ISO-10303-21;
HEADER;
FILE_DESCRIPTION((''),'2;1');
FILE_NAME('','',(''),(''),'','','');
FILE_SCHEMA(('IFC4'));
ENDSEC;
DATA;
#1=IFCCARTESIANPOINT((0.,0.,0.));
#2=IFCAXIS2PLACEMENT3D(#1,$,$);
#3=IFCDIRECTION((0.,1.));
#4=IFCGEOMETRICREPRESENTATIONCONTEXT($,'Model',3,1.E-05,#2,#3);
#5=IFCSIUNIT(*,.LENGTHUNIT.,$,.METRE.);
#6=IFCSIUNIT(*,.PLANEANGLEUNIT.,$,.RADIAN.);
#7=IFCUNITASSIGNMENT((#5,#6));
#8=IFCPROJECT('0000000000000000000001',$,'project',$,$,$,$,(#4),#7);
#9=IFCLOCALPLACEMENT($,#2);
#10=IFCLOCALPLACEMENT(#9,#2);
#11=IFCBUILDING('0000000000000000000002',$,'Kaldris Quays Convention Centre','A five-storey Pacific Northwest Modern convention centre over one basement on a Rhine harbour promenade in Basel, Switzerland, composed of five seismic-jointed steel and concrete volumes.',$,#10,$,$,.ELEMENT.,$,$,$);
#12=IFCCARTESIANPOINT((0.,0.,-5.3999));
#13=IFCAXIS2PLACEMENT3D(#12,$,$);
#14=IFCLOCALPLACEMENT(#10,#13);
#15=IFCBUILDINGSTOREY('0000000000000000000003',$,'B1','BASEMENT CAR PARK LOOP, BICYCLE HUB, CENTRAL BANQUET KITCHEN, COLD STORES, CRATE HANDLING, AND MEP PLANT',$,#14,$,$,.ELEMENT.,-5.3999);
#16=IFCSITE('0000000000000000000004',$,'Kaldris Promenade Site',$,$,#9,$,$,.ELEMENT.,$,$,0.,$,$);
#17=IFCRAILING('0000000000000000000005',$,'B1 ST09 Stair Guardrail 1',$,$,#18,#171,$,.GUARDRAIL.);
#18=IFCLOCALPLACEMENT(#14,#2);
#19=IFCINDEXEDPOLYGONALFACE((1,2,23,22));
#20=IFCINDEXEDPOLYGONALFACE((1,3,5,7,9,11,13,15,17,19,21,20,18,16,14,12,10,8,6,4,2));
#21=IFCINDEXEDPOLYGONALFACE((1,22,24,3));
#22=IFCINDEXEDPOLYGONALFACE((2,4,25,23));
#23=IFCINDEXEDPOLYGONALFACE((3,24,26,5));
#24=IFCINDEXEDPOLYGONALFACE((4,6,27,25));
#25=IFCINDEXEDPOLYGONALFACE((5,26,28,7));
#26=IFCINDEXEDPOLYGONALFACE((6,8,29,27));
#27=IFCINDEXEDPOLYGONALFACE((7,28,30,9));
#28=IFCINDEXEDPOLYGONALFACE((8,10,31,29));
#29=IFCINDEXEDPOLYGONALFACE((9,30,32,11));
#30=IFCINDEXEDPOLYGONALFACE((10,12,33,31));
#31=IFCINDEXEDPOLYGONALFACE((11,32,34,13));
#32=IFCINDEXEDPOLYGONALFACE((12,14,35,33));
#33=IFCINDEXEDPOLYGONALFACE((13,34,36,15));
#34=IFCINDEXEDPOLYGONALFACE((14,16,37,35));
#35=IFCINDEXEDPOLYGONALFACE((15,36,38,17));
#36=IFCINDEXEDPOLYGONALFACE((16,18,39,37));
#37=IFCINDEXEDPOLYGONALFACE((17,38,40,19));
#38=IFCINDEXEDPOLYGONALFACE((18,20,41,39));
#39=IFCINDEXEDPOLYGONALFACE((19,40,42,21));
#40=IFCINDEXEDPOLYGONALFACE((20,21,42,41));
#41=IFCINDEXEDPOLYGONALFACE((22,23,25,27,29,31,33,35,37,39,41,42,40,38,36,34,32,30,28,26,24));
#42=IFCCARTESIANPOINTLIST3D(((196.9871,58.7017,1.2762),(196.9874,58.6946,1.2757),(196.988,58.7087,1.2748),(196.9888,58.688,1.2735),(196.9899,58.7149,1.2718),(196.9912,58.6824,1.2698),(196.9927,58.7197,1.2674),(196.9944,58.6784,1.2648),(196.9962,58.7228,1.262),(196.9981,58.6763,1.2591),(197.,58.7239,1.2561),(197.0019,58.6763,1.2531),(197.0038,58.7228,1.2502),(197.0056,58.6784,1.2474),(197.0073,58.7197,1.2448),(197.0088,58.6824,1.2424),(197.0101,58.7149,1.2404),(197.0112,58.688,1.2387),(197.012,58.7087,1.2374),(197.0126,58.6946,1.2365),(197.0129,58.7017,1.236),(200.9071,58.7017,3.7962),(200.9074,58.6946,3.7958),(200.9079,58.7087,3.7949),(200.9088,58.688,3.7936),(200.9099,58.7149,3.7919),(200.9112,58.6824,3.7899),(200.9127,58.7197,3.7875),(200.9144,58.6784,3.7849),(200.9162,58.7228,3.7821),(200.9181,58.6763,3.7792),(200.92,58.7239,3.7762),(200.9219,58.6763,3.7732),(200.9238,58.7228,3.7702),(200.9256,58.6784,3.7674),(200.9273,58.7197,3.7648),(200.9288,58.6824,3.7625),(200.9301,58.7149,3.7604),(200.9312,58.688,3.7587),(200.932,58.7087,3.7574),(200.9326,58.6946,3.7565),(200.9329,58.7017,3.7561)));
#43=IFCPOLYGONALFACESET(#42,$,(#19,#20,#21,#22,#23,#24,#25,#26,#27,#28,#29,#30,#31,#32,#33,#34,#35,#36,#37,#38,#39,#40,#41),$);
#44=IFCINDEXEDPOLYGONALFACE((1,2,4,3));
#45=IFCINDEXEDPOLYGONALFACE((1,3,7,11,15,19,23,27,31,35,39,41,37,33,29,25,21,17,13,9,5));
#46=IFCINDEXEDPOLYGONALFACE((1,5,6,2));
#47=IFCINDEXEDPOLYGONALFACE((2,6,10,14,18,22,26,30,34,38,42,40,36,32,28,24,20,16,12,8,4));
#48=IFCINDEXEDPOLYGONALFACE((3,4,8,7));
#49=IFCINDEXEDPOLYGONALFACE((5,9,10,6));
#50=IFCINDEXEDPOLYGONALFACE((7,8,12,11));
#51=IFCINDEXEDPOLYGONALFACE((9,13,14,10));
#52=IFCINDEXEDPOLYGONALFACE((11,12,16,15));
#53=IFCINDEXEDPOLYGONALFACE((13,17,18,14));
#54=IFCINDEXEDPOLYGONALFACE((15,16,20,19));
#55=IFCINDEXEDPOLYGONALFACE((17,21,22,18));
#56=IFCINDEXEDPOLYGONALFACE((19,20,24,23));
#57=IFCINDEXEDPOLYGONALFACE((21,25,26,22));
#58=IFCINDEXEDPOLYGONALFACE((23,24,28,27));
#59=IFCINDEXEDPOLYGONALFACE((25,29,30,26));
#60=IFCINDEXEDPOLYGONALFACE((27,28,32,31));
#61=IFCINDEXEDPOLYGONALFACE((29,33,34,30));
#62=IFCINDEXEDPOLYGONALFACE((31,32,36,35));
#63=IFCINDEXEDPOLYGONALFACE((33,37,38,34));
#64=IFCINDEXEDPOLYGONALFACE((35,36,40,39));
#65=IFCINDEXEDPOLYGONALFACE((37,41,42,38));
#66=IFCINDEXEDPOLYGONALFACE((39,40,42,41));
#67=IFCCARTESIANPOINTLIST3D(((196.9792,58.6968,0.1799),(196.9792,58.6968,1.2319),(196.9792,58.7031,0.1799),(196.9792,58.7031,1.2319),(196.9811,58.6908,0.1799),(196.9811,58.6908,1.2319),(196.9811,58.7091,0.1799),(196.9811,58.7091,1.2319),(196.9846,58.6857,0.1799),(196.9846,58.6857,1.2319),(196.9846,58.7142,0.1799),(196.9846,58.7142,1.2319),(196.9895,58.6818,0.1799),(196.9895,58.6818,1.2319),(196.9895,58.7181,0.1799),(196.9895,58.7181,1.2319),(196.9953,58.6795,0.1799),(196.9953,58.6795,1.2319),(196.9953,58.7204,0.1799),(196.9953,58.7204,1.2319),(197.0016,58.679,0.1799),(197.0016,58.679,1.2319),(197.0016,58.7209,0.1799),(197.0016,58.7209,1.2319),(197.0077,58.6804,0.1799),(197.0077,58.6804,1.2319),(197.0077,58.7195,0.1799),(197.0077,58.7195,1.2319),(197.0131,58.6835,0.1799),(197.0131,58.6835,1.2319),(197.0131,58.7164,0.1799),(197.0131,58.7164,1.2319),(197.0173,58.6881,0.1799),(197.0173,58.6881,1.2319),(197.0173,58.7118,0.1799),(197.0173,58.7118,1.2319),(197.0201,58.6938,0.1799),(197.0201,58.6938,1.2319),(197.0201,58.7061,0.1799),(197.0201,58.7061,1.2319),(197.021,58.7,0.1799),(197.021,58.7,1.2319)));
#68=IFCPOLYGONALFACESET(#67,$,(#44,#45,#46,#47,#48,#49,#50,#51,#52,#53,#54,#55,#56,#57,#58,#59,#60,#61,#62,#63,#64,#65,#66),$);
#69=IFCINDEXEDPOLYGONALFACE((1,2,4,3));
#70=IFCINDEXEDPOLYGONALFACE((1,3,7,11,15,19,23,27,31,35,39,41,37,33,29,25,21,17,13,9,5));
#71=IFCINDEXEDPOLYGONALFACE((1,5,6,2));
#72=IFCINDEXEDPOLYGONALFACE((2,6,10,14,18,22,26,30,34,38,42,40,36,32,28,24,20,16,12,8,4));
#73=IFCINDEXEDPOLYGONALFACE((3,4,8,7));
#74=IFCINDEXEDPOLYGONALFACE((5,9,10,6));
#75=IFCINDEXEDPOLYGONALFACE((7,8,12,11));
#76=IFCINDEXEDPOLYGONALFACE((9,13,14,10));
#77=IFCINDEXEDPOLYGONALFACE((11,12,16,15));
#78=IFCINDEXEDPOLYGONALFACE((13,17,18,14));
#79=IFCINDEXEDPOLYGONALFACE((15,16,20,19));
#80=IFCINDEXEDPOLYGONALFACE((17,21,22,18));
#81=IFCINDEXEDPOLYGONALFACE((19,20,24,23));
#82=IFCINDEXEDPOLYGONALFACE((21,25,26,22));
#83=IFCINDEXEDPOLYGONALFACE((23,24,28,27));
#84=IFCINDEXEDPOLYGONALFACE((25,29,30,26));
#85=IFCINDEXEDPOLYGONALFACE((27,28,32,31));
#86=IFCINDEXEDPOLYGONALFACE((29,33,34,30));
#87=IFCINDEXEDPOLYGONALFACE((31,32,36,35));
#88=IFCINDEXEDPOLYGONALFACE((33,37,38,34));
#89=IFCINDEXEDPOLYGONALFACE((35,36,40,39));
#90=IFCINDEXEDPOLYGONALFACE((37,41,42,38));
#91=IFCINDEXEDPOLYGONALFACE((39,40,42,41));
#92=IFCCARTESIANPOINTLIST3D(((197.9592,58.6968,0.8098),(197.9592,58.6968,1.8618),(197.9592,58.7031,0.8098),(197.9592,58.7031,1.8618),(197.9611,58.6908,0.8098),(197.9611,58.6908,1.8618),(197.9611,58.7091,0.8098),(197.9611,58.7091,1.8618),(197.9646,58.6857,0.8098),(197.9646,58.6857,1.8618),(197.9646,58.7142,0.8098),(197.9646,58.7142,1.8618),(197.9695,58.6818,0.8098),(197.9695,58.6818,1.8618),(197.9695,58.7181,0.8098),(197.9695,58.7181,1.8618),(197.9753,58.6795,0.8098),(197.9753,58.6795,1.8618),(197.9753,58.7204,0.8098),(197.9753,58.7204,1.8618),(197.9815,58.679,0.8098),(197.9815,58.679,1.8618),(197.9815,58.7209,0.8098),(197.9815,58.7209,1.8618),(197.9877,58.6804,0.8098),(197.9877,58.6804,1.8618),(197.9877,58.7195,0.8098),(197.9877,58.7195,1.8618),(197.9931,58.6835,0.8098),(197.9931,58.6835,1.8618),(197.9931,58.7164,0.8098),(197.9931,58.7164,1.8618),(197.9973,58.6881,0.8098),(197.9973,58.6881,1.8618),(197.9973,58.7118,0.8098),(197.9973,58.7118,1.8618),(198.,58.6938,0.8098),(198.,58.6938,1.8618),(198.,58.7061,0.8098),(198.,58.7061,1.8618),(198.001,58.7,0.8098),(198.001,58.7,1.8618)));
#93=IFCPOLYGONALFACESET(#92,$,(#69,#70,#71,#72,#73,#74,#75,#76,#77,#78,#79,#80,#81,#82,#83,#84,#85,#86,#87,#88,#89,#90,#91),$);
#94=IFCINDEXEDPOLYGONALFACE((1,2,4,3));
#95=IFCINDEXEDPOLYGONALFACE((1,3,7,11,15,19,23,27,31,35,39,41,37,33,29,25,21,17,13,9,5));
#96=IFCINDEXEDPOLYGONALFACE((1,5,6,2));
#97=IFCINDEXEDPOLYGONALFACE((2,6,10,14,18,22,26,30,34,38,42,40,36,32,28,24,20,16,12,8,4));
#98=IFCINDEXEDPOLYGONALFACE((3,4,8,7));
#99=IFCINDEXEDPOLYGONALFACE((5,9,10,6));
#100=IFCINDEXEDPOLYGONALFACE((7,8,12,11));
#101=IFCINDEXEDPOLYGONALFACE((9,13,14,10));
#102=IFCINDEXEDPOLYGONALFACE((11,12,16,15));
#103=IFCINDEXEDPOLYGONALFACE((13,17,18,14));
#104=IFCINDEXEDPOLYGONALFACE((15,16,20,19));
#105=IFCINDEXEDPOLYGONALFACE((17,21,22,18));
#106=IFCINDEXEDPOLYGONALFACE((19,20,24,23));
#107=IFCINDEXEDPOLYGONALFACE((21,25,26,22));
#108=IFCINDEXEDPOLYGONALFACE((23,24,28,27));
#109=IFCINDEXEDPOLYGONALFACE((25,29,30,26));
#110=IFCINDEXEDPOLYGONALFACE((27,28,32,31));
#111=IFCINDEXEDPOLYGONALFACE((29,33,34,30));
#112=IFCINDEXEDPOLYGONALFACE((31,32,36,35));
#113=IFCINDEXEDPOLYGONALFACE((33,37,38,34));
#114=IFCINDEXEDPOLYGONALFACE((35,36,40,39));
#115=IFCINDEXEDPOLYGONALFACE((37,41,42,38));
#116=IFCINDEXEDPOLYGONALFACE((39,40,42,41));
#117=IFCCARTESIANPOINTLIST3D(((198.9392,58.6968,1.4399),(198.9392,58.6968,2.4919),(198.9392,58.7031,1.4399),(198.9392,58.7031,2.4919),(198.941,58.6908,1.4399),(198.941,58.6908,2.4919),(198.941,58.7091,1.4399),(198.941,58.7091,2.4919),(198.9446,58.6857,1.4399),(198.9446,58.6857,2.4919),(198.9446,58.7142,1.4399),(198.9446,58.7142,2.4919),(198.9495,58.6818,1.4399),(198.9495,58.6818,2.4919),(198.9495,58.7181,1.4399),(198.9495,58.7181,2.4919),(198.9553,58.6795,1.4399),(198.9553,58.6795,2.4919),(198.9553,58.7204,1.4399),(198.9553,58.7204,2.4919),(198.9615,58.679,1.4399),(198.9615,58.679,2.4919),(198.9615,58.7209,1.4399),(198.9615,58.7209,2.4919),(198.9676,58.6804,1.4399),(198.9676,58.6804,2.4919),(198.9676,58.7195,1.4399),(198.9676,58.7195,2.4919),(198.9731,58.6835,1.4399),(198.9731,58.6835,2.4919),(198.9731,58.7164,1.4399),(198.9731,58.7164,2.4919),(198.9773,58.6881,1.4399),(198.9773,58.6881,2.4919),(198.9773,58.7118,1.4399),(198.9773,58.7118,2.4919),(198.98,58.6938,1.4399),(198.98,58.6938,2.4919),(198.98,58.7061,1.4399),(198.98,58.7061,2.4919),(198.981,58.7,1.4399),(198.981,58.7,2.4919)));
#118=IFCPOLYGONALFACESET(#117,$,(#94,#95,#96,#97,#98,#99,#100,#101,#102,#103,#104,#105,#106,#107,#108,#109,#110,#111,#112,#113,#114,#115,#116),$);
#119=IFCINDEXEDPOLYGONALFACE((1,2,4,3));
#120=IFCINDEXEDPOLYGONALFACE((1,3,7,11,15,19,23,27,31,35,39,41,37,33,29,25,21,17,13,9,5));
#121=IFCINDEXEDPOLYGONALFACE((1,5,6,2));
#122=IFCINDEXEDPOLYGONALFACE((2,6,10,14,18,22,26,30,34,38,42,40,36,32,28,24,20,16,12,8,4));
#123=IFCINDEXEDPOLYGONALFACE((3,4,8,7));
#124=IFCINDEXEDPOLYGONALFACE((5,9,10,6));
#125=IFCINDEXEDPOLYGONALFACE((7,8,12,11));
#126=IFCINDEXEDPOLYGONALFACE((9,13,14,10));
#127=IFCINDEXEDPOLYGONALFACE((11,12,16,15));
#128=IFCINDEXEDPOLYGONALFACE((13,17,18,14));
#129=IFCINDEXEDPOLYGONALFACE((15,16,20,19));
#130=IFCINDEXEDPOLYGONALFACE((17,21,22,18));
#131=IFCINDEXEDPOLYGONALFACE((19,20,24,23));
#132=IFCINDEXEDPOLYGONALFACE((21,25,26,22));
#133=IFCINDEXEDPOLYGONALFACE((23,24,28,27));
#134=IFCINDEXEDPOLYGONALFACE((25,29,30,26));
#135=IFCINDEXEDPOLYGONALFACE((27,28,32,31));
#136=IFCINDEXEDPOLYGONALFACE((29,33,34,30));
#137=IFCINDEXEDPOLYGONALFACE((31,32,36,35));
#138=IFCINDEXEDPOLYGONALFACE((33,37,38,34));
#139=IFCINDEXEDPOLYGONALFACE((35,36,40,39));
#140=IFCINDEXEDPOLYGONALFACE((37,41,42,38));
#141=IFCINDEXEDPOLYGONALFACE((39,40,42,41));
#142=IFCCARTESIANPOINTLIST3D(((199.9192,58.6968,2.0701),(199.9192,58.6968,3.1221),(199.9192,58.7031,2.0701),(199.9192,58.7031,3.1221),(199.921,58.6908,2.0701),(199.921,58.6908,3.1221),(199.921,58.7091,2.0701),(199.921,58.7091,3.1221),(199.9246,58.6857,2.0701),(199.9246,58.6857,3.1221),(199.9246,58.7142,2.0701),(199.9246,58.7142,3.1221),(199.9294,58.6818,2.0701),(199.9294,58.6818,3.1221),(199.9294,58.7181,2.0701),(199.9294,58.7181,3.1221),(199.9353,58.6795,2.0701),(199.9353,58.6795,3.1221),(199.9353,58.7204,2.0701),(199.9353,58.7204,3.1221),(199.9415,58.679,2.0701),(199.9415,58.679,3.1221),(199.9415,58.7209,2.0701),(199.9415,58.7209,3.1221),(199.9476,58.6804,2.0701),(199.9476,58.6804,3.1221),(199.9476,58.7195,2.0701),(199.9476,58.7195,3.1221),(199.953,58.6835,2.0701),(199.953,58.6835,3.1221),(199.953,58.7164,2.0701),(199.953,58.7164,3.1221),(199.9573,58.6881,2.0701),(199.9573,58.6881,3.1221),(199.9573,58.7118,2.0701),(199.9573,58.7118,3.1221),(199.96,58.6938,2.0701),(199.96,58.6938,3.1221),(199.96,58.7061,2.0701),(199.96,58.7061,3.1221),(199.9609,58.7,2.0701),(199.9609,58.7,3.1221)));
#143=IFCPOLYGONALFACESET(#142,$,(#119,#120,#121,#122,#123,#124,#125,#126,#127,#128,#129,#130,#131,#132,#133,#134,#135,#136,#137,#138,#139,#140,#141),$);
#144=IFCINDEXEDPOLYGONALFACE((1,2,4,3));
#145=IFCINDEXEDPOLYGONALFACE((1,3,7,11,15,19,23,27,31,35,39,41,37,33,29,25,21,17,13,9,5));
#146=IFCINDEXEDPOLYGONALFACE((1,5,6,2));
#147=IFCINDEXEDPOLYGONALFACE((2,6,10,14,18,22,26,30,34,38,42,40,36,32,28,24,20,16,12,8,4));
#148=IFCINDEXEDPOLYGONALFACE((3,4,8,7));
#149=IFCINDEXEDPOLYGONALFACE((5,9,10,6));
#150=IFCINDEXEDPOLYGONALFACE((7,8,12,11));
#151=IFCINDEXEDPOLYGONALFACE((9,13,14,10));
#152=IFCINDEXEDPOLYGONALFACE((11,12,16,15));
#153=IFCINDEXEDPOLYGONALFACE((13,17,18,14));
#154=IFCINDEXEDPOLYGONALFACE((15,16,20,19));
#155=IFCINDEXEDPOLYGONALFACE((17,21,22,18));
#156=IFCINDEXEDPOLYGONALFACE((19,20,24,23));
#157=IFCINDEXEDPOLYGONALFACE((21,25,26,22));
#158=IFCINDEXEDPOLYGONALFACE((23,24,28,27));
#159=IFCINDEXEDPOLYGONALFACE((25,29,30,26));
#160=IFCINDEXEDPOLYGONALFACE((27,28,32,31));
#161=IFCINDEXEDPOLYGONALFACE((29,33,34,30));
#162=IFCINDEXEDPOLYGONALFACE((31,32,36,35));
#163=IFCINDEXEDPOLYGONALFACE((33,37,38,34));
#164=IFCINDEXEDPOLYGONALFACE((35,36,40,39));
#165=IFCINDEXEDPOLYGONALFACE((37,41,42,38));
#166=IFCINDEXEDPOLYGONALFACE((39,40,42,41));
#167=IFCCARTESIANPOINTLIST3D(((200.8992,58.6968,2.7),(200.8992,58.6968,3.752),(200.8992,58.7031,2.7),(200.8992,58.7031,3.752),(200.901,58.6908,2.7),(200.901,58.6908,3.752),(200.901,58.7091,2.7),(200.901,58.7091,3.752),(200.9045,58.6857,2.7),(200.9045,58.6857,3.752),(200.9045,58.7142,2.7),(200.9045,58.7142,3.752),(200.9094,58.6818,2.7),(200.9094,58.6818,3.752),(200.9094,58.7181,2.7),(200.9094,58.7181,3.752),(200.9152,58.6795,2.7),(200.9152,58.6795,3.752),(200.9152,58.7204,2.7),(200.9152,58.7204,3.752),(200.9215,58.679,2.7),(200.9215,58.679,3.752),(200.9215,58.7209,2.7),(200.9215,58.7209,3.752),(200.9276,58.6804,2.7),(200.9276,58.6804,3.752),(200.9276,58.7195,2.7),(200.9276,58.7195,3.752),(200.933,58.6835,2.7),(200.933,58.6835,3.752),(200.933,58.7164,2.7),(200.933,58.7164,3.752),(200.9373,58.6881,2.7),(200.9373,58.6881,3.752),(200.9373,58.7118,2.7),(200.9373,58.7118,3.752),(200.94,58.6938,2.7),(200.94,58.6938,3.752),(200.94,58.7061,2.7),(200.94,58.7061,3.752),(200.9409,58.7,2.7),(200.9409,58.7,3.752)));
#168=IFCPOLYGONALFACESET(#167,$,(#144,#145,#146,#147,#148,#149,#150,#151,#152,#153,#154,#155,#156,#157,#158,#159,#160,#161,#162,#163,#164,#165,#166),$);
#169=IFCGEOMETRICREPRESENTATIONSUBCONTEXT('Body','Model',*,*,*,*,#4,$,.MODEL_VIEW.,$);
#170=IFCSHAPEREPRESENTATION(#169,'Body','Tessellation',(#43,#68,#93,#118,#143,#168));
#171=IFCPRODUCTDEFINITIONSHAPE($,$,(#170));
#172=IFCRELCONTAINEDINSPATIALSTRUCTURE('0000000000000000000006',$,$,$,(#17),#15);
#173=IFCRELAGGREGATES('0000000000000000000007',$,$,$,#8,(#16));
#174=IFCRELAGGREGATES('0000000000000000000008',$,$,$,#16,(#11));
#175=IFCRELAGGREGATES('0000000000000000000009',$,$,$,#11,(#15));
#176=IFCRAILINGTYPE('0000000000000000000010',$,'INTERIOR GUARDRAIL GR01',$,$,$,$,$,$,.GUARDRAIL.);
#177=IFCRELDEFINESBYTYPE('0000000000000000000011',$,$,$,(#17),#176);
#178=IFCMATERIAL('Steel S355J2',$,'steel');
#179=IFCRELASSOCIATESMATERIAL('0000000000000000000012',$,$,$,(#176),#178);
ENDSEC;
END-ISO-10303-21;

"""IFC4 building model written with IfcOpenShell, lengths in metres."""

from ifc_helpers import new_model, si_unit, direction, frame, origin, origin_2d, place, context, subcontext, project, spatial, circle, extrude, material, type_object, element, save


model = new_model("IFC4")

# Units and contexts
model_context = context("Model", 3, precision=1e-05, world=origin(), true_north=direction((0.0, 1.0)))
body_context = subcontext(model_context, "Body", "Model", "MODEL_VIEW")
ifc_project = project(units=[si_unit("LENGTHUNIT", "METRE"), si_unit("PLANEANGLEUNIT", "RADIAN")], contexts=[model_context])

# Site, building, storey
site_placement = place(None, origin())
site = spatial("IfcSite", under=ifc_project, at=site_placement, Name="Kaldris Promenade Site", CompositionType="ELEMENT", RefElevation=0.0)
building_placement = place(site_placement, origin())
building = spatial("IfcBuilding", under=site, at=building_placement, Name="Kaldris Quays Convention Centre", Description="A five-storey Pacific Northwest Modern convention centre over one basement on a Rhine harbour promenade in Basel, Switzerland, composed of five seismic-jointed steel and concrete volumes.", CompositionType="ELEMENT")
storey_placement = place(building_placement, frame((0.0, 0.0, -5.3999)))
storey = spatial("IfcBuildingStorey", under=building, at=storey_placement, Name="B1", Description="BASEMENT CAR PARK LOOP, BICYCLE HUB, CENTRAL BANQUET KITCHEN, COLD STORES, CRATE HANDLING, AND MEP PLANT", CompositionType="ELEMENT", Elevation=-5.3999)

# Shared definitions
ifc_material_1 = material(Name="Steel S355J2", Category="steel")

# Railing
railing_type = type_object("IfcRailingType", Name="INTERIOR GUARDRAIL GR01", PredefinedType="GUARDRAIL", material=ifc_material_1)
railing_1_placement = place(storey_placement, frame((197.0, 58.7, 0.1799)))
element("IfcRailing", 1, at=railing_1_placement, inside=storey, type_object=railing_type, Name="B1 ST09 Stair Guardrail 1", PredefinedType="GUARDRAIL", context=body_context, shape_type="SweptSolid", body=[
    extrude(circle(Radius=0.0239, at=origin_2d()), frame((0.0, 0.0, 1.0762), z_axis=(0.841172, 0.0, 0.540768), x_axis=(0.0, 1.0, 0.0)), (0.0, 0.0, 1.0), 4.6602),
    extrude(circle(Radius=0.021, at=origin_2d()), origin(), (0.0, 0.0, 1.0), 1.052),
    extrude(circle(Radius=0.021, at=origin_2d()), frame((0.98, 0.0, 0.6299)), (0.0, 0.0, 1.0), 1.052),
    extrude(circle(Radius=0.021, at=origin_2d()), frame((1.96, 0.0, 1.26)), (0.0, 0.0, 1.0), 1.052),
    extrude(circle(Radius=0.021, at=origin_2d()), frame((2.9399, 0.0, 1.8901)), (0.0, 0.0, 1.0), 1.052),
    extrude(circle(Radius=0.021, at=origin_2d()), frame((3.9199, 0.0, 2.52)), (0.0, 0.0, 1.0), 1.052),
])

save(model, "model.ifc")
